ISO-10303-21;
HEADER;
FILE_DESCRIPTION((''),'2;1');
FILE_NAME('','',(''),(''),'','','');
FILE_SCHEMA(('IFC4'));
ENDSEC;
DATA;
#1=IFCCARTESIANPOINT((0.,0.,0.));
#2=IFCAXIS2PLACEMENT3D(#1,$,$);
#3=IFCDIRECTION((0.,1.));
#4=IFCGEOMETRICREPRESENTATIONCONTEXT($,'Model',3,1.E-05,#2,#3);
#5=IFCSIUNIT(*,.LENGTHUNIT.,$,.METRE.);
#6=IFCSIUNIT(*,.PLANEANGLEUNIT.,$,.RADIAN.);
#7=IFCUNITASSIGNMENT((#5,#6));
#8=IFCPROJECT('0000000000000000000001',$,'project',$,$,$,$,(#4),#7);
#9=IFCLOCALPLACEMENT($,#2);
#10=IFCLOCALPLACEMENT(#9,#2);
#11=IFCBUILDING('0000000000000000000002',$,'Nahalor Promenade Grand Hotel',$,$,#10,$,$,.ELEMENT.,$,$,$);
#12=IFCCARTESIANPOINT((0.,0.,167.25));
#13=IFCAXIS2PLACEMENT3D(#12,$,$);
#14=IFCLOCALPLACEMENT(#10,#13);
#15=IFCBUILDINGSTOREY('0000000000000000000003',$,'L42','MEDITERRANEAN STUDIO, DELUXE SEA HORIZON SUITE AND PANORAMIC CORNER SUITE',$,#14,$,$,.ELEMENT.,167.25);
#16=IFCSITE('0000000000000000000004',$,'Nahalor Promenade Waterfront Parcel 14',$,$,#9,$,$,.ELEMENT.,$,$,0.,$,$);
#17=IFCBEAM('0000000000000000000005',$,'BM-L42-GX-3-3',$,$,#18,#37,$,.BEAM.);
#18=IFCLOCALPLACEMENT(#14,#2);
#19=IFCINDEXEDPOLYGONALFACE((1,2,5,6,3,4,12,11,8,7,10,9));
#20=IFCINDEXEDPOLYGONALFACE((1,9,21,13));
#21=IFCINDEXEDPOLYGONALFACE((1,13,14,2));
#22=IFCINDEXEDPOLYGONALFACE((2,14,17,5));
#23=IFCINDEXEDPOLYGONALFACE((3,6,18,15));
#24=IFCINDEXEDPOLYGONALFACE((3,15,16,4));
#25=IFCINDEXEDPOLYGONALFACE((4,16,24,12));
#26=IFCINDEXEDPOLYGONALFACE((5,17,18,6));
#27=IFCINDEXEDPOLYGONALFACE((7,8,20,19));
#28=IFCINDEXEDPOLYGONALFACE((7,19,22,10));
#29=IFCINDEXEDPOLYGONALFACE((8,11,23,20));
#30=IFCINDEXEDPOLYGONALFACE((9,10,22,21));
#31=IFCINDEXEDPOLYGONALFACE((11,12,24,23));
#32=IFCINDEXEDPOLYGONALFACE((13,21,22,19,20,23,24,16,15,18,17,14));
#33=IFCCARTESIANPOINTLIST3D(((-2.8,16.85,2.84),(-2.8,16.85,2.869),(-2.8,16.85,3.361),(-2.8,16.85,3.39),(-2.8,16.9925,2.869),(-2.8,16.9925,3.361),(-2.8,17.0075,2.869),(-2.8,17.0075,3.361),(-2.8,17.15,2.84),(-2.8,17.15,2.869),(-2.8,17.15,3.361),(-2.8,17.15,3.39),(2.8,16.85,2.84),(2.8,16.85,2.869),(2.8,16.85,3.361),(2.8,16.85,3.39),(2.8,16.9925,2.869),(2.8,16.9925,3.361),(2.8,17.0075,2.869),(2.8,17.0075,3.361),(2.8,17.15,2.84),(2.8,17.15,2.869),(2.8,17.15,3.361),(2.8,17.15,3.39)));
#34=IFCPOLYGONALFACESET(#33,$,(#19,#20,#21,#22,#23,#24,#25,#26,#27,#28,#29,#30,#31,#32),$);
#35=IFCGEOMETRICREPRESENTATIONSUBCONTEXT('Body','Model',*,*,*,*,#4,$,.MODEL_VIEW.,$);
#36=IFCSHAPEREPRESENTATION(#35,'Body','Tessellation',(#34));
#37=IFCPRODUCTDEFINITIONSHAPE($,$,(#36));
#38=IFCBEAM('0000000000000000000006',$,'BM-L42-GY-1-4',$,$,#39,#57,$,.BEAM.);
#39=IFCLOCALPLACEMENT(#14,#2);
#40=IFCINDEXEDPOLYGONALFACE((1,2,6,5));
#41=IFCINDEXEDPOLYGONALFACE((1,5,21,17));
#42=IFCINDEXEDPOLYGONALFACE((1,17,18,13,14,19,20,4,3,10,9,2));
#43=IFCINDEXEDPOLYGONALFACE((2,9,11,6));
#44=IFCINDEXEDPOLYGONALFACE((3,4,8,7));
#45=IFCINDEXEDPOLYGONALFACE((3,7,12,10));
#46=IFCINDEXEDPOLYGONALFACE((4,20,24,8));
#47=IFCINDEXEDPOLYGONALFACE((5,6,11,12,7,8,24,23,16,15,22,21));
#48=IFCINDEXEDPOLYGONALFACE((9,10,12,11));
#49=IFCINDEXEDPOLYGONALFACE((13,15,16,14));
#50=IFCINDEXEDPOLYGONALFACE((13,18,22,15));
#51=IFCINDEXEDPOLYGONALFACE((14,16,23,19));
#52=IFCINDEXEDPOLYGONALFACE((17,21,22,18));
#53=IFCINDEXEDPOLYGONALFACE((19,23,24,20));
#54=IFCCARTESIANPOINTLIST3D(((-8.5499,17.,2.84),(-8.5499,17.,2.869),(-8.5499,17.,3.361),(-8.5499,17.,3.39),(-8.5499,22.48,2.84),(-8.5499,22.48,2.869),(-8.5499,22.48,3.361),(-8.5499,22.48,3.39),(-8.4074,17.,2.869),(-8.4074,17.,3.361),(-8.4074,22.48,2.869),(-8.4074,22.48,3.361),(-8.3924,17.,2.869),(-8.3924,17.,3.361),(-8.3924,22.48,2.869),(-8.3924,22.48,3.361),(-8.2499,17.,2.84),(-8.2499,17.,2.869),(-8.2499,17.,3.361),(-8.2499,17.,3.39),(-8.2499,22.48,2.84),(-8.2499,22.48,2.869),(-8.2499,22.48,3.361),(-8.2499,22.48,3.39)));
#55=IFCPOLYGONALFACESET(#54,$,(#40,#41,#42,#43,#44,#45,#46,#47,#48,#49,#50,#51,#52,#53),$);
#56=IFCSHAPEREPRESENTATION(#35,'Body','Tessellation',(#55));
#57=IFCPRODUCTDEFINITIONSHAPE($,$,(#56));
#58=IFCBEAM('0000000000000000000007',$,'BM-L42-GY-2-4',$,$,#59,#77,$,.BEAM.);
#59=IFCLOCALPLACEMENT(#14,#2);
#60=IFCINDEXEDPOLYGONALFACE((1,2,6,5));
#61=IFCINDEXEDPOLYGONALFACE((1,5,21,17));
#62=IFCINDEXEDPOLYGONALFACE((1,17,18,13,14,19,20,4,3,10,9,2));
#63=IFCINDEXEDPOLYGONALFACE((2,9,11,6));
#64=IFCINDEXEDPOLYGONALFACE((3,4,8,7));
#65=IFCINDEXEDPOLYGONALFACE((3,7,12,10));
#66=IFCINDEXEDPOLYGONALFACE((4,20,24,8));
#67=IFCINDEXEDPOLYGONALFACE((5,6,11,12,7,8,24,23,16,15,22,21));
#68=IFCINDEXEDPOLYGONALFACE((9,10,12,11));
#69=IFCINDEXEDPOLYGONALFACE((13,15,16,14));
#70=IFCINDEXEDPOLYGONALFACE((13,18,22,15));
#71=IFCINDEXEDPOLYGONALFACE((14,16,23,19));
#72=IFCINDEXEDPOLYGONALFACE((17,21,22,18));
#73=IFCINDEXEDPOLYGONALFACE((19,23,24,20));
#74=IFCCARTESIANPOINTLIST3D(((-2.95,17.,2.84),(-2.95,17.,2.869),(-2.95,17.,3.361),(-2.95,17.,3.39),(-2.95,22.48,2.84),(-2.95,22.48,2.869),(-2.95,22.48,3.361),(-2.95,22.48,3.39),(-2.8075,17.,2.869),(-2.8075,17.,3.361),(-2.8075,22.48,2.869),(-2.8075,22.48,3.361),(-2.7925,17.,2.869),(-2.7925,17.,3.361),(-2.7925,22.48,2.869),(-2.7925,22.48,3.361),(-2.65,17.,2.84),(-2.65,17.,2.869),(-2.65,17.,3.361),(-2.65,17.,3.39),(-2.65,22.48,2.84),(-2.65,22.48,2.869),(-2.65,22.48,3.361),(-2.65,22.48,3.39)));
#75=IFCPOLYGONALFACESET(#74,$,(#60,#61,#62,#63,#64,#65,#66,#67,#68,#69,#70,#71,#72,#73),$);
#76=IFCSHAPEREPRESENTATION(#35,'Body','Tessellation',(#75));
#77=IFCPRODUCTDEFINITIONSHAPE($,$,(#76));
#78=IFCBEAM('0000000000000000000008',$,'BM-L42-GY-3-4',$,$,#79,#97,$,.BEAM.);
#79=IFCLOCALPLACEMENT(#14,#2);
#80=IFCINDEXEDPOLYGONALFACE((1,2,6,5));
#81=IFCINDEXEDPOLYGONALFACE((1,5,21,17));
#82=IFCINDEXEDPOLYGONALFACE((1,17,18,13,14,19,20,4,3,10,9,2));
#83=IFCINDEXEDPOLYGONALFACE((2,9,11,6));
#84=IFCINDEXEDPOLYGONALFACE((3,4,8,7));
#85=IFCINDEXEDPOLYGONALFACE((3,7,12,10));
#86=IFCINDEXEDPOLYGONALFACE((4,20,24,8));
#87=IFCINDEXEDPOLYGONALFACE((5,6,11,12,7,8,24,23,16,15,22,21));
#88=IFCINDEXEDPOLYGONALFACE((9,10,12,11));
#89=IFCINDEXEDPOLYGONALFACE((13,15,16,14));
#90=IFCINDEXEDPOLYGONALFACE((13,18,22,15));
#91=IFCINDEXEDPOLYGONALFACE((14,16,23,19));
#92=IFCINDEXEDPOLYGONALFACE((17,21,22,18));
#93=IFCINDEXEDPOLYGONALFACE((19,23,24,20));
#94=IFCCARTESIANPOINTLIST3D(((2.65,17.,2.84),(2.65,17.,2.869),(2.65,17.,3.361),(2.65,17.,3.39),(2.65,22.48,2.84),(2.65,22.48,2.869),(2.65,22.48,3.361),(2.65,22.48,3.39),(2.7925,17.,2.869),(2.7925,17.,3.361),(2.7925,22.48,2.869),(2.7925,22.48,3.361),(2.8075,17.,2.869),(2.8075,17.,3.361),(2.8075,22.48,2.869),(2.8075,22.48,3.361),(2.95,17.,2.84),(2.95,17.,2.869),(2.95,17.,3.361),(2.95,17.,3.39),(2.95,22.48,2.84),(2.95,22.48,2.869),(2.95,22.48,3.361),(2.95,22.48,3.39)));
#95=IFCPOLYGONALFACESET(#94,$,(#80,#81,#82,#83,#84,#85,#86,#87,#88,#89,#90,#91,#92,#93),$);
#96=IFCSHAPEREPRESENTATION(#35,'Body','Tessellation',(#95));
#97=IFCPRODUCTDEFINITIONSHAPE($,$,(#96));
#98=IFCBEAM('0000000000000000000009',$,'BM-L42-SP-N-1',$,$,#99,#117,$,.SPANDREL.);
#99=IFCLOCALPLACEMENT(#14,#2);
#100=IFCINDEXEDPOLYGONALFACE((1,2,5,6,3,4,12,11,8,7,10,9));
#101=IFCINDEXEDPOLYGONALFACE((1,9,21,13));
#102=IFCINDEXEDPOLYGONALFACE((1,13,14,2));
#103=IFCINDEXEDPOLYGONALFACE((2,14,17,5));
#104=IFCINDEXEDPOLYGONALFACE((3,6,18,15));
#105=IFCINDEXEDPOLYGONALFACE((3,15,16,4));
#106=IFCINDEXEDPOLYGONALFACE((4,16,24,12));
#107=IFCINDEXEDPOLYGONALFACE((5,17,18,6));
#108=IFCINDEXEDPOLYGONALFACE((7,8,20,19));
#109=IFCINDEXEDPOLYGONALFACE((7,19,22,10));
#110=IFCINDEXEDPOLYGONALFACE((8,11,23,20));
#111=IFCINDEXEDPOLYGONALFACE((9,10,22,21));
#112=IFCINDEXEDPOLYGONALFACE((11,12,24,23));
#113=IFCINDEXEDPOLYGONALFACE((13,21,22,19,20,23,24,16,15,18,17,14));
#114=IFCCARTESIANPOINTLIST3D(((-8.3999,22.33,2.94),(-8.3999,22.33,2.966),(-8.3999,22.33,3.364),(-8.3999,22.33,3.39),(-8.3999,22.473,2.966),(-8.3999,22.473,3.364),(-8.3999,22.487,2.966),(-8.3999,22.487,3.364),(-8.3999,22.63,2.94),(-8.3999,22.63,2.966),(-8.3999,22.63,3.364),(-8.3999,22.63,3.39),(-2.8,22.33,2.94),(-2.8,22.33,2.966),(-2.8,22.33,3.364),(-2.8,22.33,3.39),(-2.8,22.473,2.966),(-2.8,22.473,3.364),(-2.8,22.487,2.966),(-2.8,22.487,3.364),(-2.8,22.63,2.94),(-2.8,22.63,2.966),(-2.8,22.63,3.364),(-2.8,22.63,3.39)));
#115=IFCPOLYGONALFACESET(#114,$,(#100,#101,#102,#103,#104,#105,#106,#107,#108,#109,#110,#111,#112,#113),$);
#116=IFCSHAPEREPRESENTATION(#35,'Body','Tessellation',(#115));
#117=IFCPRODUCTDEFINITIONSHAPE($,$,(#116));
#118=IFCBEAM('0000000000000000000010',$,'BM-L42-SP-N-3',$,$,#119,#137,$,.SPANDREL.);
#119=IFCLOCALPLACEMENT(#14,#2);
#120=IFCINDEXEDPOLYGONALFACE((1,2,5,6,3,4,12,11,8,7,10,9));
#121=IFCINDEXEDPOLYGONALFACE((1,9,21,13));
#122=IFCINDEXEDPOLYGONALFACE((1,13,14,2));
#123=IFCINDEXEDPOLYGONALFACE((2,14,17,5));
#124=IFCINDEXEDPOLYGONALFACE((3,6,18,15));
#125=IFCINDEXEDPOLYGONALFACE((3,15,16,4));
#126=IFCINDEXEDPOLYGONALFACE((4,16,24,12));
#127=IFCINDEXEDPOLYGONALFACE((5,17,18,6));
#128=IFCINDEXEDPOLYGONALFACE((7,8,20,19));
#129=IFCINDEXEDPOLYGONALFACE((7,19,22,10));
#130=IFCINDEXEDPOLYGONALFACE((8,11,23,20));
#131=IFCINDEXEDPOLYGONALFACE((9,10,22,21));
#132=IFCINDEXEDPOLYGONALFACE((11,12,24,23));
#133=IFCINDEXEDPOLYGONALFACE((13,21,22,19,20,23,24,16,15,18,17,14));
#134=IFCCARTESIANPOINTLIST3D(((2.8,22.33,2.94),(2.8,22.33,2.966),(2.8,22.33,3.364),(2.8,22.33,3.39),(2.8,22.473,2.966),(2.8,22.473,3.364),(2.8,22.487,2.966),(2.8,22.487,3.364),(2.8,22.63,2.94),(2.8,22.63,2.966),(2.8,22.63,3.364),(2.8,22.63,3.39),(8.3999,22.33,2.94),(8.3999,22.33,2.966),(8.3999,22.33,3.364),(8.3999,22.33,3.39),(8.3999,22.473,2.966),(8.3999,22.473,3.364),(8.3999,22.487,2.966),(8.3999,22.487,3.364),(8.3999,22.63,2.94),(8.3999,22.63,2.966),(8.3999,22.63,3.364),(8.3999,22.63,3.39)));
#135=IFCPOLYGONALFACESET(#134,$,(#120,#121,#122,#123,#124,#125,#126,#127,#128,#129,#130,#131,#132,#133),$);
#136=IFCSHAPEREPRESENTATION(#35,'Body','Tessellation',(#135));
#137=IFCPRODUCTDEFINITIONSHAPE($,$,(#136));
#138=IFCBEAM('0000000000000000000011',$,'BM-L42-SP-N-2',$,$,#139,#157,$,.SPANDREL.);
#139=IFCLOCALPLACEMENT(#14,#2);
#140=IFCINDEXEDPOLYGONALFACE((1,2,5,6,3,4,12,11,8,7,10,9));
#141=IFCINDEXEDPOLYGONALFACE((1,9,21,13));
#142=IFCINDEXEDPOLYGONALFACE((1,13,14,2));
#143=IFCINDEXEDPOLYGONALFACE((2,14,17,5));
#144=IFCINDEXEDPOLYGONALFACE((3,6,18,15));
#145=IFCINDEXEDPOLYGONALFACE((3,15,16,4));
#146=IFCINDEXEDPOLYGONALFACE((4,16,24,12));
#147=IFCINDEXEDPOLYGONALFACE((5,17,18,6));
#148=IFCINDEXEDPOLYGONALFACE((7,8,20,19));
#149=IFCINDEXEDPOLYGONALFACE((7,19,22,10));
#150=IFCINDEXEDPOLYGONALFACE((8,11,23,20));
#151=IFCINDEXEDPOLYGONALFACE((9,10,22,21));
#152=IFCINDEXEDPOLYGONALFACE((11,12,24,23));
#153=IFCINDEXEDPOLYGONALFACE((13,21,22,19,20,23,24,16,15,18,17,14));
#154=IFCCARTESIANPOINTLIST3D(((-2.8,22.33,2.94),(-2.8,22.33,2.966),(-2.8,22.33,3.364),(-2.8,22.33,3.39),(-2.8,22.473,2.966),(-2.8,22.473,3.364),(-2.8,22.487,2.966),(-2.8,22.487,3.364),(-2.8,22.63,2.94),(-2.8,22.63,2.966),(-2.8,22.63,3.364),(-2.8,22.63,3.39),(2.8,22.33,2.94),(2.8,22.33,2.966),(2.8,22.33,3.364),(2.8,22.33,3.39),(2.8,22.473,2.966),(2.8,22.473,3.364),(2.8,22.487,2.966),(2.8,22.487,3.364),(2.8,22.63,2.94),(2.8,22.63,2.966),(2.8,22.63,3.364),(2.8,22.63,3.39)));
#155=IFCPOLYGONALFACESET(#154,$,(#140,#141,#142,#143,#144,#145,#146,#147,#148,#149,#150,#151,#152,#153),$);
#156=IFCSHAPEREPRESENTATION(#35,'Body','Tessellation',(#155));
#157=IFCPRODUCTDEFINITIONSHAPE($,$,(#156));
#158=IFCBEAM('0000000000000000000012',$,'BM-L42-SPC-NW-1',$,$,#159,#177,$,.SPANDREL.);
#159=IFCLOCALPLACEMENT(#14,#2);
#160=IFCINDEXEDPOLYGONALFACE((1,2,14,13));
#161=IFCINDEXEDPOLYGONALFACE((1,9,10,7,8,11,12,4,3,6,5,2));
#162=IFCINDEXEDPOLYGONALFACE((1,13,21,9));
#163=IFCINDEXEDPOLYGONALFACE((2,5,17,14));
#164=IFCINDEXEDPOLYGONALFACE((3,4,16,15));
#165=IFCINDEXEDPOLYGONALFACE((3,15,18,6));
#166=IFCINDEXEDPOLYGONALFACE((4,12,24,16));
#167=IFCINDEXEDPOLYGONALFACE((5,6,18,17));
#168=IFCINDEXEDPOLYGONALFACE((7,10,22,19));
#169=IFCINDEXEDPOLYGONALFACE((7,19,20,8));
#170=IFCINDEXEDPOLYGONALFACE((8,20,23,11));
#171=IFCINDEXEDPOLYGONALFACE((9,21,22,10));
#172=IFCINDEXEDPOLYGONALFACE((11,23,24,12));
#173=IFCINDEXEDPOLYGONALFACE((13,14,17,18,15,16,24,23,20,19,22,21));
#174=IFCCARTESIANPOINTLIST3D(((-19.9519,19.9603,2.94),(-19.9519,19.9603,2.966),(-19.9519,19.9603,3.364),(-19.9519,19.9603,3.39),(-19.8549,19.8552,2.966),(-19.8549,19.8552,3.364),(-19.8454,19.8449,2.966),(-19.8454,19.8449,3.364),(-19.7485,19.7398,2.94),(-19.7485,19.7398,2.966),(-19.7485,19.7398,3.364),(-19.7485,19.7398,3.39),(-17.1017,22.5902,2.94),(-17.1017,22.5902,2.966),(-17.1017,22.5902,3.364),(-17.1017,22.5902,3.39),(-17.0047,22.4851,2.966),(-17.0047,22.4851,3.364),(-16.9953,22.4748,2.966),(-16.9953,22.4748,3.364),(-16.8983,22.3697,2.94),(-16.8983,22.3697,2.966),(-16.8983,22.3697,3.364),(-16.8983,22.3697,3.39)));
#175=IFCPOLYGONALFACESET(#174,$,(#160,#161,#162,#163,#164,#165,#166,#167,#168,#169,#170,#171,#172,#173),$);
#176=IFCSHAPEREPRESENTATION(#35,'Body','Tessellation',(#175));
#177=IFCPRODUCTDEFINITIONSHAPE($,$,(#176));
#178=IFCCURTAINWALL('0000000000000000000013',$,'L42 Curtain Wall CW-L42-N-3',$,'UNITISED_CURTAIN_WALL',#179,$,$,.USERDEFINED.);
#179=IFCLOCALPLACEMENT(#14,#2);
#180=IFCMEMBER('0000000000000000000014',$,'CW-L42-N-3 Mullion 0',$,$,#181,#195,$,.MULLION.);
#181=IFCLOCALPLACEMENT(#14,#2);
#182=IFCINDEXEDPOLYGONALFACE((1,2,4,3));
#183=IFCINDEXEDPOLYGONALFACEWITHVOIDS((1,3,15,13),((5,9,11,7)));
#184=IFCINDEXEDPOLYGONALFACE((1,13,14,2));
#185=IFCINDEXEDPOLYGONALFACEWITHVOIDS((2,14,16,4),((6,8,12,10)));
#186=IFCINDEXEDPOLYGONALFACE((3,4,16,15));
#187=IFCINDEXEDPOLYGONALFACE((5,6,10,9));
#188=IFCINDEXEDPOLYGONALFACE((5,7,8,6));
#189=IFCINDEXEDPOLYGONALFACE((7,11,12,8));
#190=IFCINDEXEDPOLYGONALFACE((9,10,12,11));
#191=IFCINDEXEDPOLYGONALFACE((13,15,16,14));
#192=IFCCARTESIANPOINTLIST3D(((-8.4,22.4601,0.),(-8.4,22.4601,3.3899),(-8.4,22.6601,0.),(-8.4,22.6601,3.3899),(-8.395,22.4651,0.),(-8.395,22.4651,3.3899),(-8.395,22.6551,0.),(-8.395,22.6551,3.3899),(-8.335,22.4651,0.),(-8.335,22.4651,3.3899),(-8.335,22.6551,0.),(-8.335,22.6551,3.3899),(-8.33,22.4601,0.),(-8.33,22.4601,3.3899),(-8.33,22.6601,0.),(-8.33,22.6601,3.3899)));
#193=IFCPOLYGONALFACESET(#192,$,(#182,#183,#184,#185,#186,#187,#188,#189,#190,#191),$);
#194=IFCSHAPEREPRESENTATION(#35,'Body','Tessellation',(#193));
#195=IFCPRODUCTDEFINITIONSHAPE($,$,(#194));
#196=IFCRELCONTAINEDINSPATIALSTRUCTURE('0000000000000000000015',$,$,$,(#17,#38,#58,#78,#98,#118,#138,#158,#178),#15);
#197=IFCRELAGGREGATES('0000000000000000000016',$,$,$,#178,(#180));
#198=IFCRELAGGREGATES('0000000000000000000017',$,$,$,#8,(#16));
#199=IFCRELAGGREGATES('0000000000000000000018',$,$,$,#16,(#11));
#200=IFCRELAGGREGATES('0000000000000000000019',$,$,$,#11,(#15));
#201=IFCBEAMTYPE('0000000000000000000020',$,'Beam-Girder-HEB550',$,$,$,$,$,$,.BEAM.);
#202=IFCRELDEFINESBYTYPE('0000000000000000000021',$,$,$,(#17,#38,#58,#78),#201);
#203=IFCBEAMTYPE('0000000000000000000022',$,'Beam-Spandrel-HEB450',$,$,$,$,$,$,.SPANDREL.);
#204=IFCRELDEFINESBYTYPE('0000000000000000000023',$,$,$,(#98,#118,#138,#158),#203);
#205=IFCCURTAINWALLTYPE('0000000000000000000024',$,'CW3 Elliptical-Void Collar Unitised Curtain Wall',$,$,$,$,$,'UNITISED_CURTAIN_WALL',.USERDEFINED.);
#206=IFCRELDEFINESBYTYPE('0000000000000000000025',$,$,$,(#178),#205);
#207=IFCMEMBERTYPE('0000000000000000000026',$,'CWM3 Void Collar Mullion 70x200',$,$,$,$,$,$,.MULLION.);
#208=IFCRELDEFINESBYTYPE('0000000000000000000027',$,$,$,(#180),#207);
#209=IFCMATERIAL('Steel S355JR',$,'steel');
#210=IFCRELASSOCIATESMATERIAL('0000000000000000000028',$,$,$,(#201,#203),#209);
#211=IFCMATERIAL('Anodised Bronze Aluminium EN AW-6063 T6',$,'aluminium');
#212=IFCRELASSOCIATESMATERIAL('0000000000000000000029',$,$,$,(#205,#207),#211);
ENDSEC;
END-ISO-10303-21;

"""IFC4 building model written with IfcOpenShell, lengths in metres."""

from ifc_helpers import new_model, si_unit, direction, frame, origin, origin_2d, place, context, subcontext, project, spatial, hollow_rectangle, i_section, extrude, source, transform, mapped, material, material_profile, profile_set, type_object, element, aggregate, save


model = new_model("IFC4")

# Units and contexts
model_context = context("Model", 3, precision=1e-05, world=origin(), true_north=direction((0.0, 1.0)))
body_context = subcontext(model_context, "Body", "Model", "MODEL_VIEW")
ifc_project = project(units=[si_unit("LENGTHUNIT", "METRE"), si_unit("PLANEANGLEUNIT", "RADIAN")], contexts=[model_context])

# Site, building, storey
site_placement = place(None, origin())
site = spatial("IfcSite", under=ifc_project, at=site_placement, Name="Nahalor Promenade Waterfront Parcel 14", CompositionType="ELEMENT", RefElevation=0.0)
building_placement = place(site_placement, origin())
building = spatial("IfcBuilding", under=site, at=building_placement, Name="Nahalor Promenade Grand Hotel", CompositionType="ELEMENT")
storey_placement = place(building_placement, frame((0.0, 0.0, 167.25)))
storey = spatial("IfcBuildingStorey", under=building, at=storey_placement, Name="L42", Description="MEDITERRANEAN STUDIO, DELUXE SEA HORIZON SUITE AND PANORAMIC CORNER SUITE", CompositionType="ELEMENT", Elevation=167.25)

# Beams
ifc_material_1 = material(Name="Steel S355JR", Category="steel")
ifc_material_profile_1 = material_profile(ifc_material_1, i_section(OverallWidth=0.3, OverallDepth=0.55, WebThickness=0.015, FlangeThickness=0.029, at=origin_2d()), Name="HEB 550")
ifc_profile_set_1 = profile_set([ifc_material_profile_1], Name="Steel S355JR")
beam_type_1 = type_object("IfcBeamType", Name="Beam-Girder-HEB550", PredefinedType="BEAM", material=ifc_profile_set_1)
shared_shape_1 = source(origin(), body_context, "Body", "SweptSolid", [
    extrude(i_section(OverallWidth=0.3, OverallDepth=0.55, WebThickness=0.015, FlangeThickness=0.029, at=origin_2d()), origin(), (0.0, 0.0, 1.0), 5.6001),
])
beam_1_placement = place(storey_placement, frame((-2.8, 17.0, 3.115), z_axis=(1.0, 0.0, 0.0), x_axis=(0.0, 1.0, 0.0)))
element("IfcBeam", 1, at=beam_1_placement, inside=storey, type_object=beam_type_1, Name="BM-L42-GX-3-3", PredefinedType="BEAM", context=body_context, shape_type="MappedRepresentation", body=[
    mapped(shared_shape_1, transform((0.0, 0.0, 0.0), scale=1.0)),
])
shared_shape_2 = source(origin(), body_context, "Body", "SweptSolid", [
    extrude(i_section(OverallWidth=0.3, OverallDepth=0.55, WebThickness=0.015, FlangeThickness=0.029, at=origin_2d()), origin(), (0.0, 0.0, 1.0), 5.48),
])
for number, where, z_axis, x_axis, name in (
    (2, (-8.3999, 17.0, 3.115), (0.0, 1.0, 0.0), (-1.0, 0.0, 0.0), "BM-L42-GY-1-4"),
    (3, (-2.8, 17.0, 3.115), (0.0, 1.0, 0.0), (-1.0, 0.0, 0.0), "BM-L42-GY-2-4"),
    (4, (2.8, 17.0, 3.115), (0.0, 1.0, 0.0), (-1.0, 0.0, 0.0), "BM-L42-GY-3-4"),
):
    element("IfcBeam", number, at=place(storey_placement, frame(where, z_axis=z_axis, x_axis=x_axis)), inside=storey, type_object=beam_type_1, Name=name, PredefinedType="BEAM", context=body_context, shape_type="MappedRepresentation", body=[
        mapped(shared_shape_2, transform((0.0, 0.0, 0.0), scale=1.0)),
    ])
ifc_material_profile_2 = material_profile(ifc_material_1, i_section(OverallWidth=0.3, OverallDepth=0.45, WebThickness=0.014, FlangeThickness=0.026, at=origin_2d()), Name="HEB 450")
ifc_profile_set_2 = profile_set([ifc_material_profile_2], Name="Steel S355JR")
beam_type_2 = type_object("IfcBeamType", Name="Beam-Spandrel-HEB450", PredefinedType="SPANDREL", material=ifc_profile_set_2)
shared_shape_3 = source(origin(), body_context, "Body", "SweptSolid", [
    extrude(i_section(OverallWidth=0.3, OverallDepth=0.45, WebThickness=0.014, FlangeThickness=0.026, at=origin_2d()), origin(), (0.0, 0.0, 1.0), 5.5999),
])
for number, where, z_axis, x_axis, name in (
    (5, (-8.3999, 22.48, 3.165), (1.0, 0.0, 0.0), (0.0, 1.0, 0.0), "BM-L42-SP-N-1"),
    (6, (2.8, 22.48, 3.165), (1.0, 0.0, 0.0), (0.0, 1.0, 0.0), "BM-L42-SP-N-3"),
):
    element("IfcBeam", number, at=place(storey_placement, frame(where, z_axis=z_axis, x_axis=x_axis)), inside=storey, type_object=beam_type_2, Name=name, PredefinedType="SPANDREL", context=body_context, shape_type="MappedRepresentation", body=[
        mapped(shared_shape_3, transform((0.0, 0.0, 0.0), scale=1.0)),
    ])
shared_shape_4 = source(origin(), body_context, "Body", "SweptSolid", [
    extrude(i_section(OverallWidth=0.3, OverallDepth=0.45, WebThickness=0.014, FlangeThickness=0.026, at=origin_2d()), origin(), (0.0, 0.0, 1.0), 5.6001),
])
beam_2_placement = place(storey_placement, frame((-2.8, 22.48, 3.165), z_axis=(1.0, 0.0, 0.0), x_axis=(0.0, 1.0, 0.0)))
element("IfcBeam", 7, at=beam_2_placement, inside=storey, type_object=beam_type_2, Name="BM-L42-SP-N-2", PredefinedType="SPANDREL", context=body_context, shape_type="MappedRepresentation", body=[
    mapped(shared_shape_4, transform((0.0, 0.0, 0.0), scale=1.0)),
])
shared_shape_5 = source(origin(), body_context, "Body", "SweptSolid", [
    extrude(i_section(OverallWidth=0.3, OverallDepth=0.45, WebThickness=0.014, FlangeThickness=0.026, at=origin_2d()), origin(), (0.0, 0.0, 1.0), 3.8782),
])
beam_3_placement = place(storey_placement, frame((-17.0, 22.48, 3.165), z_axis=(-0.734929, -0.678144, 0.0), x_axis=(0.678144, -0.734929, 0.0)))
element("IfcBeam", 8, at=beam_3_placement, inside=storey, type_object=beam_type_2, Name="BM-L42-SPC-NW-1", PredefinedType="SPANDREL", context=body_context, shape_type="MappedRepresentation", body=[
    mapped(shared_shape_5, transform((0.0, 0.0, 0.0), scale=1.0)),
])

# Curtain wall, member
ifc_material_2 = material(Name="Anodised Bronze Aluminium EN AW-6063 T6", Category="aluminium")
curtain_wall_type = type_object("IfcCurtainWallType", Name="CW3 Elliptical-Void Collar Unitised Curtain Wall", ElementType="UNITISED_CURTAIN_WALL", PredefinedType="USERDEFINED", material=ifc_material_2)
curtain_wall_placement = place(storey_placement, origin())
curtain_wall = element("IfcCurtainWall", 9, at=curtain_wall_placement, inside=storey, type_object=curtain_wall_type, Name="L42 Curtain Wall CW-L42-N-3", ObjectType="UNITISED_CURTAIN_WALL", PredefinedType="USERDEFINED")
ifc_material_profile_3 = material_profile(ifc_material_2, hollow_rectangle(XDim=0.07, YDim=0.2, WallThickness=0.005, at=origin_2d()), Name="CWM 70x200x5")
ifc_profile_set_3 = profile_set([ifc_material_profile_3], Name="Anodised Bronze Aluminium EN AW-6063 T6")
member_type_1 = type_object("IfcMemberType", Name="CWM3 Void Collar Mullion 70x200", PredefinedType="MULLION", material=ifc_profile_set_3)
shared_shape_6 = source(origin(), body_context, "Body", "SweptSolid", [
    extrude(hollow_rectangle(XDim=0.07, YDim=0.2, WallThickness=0.005, at=origin_2d()), origin(), (0.0, 0.0, 1.0), 3.3899),
])
member_1_placement = place(storey_placement, frame((-8.365, 22.5601, 0.0), z_axis=(0.0, 0.0, 1.0), x_axis=(1.0, 0.0, 0.0)))
member_1 = element("IfcMember", 10, at=member_1_placement, type_object=member_type_1, Name="CW-L42-N-3 Mullion 0", PredefinedType="MULLION", context=body_context, shape_type="MappedRepresentation", body=[
    mapped(shared_shape_6, transform((0.0, 0.0, 0.0), scale=1.0)),
])
aggregate(curtain_wall, [member_1])

save(model, "model.ifc")
